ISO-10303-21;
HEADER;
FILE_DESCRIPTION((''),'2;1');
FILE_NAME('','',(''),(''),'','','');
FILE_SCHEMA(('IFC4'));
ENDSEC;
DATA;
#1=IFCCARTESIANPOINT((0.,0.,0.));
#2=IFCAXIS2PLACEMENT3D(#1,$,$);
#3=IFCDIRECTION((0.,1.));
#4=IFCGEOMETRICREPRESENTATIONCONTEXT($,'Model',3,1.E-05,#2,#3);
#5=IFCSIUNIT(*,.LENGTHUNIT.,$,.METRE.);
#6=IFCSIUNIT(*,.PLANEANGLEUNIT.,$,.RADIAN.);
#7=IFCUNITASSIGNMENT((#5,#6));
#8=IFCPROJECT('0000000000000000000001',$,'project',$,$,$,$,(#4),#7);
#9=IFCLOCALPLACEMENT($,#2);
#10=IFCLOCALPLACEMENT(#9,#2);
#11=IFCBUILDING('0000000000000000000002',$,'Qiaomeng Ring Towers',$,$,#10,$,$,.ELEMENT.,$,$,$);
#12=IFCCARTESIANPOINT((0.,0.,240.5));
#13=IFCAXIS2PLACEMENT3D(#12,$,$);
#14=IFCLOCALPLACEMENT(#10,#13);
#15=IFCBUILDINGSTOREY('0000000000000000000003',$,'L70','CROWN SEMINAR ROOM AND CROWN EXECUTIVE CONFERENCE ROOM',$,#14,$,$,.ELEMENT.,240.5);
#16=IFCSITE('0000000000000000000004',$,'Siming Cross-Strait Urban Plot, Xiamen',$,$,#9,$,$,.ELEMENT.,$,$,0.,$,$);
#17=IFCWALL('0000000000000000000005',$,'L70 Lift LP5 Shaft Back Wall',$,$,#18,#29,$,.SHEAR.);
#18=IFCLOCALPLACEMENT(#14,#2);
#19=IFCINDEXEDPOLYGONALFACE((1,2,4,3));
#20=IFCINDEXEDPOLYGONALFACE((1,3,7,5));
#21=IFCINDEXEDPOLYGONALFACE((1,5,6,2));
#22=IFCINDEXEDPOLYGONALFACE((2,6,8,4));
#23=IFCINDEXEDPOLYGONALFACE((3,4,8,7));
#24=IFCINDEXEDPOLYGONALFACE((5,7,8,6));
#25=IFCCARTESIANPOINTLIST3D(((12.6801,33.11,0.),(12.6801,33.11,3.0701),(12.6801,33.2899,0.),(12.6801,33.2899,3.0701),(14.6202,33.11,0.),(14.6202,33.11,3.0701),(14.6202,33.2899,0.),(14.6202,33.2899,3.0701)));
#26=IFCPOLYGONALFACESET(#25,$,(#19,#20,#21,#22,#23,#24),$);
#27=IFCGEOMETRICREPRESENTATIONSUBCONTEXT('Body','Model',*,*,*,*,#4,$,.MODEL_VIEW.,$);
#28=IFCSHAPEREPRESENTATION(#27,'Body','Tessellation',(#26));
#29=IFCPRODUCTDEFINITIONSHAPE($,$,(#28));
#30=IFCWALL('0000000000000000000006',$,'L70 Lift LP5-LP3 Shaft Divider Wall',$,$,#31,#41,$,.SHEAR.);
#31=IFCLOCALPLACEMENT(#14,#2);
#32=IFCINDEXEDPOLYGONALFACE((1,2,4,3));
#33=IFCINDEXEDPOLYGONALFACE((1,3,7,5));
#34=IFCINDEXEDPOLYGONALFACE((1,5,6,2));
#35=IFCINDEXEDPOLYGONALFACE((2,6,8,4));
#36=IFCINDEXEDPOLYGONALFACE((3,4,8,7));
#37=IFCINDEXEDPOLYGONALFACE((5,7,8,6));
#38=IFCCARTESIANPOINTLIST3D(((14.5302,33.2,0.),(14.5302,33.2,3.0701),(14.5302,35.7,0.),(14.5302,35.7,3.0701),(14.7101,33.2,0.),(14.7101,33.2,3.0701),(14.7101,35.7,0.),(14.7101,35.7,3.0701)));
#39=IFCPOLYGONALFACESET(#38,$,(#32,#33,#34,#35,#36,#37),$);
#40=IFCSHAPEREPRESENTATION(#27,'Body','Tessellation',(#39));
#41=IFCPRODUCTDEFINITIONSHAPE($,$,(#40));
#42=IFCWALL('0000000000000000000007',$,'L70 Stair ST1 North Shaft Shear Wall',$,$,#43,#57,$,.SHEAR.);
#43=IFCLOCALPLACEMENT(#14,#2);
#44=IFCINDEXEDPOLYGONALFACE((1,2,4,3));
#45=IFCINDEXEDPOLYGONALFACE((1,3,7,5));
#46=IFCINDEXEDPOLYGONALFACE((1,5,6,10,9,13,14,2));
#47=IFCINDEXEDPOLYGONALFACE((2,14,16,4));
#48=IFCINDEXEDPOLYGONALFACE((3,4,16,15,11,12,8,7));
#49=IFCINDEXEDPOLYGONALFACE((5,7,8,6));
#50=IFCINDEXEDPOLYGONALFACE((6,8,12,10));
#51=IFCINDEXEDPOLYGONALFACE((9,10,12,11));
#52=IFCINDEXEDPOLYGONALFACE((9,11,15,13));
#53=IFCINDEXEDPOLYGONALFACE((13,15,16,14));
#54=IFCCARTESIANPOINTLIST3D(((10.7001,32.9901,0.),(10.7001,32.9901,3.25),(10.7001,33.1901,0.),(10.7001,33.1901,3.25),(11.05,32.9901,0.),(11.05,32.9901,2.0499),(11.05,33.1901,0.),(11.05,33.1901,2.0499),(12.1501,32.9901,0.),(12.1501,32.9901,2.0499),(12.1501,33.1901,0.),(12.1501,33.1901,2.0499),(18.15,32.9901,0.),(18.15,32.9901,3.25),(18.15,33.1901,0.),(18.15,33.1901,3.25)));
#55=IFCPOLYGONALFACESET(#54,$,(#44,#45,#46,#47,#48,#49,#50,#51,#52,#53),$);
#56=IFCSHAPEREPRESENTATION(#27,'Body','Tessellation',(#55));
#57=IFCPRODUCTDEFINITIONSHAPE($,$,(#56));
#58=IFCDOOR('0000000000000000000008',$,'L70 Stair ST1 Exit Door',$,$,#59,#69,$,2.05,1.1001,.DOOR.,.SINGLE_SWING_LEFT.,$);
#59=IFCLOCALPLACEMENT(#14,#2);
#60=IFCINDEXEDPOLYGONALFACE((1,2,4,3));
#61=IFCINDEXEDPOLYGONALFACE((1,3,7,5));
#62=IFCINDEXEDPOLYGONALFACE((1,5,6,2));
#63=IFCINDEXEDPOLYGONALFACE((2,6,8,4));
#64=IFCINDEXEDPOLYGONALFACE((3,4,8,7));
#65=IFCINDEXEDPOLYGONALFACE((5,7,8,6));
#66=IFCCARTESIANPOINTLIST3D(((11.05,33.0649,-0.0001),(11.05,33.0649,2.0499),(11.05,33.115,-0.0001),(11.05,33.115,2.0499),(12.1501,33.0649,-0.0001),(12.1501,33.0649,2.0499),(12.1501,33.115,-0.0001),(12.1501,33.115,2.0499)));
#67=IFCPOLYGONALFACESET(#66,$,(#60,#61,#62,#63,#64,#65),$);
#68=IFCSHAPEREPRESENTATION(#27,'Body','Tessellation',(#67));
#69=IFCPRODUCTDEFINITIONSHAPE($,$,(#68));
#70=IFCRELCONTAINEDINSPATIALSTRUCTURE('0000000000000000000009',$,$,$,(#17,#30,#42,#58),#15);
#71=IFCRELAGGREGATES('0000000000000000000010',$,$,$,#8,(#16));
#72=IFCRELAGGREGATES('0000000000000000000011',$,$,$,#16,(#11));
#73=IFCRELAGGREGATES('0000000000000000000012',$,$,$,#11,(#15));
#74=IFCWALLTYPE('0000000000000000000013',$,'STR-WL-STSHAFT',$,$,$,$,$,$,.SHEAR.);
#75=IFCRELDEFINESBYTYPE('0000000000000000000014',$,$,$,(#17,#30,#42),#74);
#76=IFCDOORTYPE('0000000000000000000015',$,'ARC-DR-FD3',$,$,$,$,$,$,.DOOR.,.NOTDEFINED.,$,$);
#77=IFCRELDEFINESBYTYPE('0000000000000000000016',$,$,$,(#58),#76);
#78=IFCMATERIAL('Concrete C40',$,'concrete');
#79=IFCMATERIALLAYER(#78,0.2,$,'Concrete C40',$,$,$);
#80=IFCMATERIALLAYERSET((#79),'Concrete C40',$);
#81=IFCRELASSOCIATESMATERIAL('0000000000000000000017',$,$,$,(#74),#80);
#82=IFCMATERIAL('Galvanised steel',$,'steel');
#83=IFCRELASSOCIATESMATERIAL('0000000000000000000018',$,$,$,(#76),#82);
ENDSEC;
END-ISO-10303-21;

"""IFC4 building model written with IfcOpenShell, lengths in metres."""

from ifc_helpers import new_model, si_unit, direction, frame, frame_2d, origin, place, context, subcontext, project, spatial, rectangle, extrude, source, transform, mapped, material, layer, layer_set, type_object, element, fill, save


model = new_model("IFC4")

# Units and contexts
model_context = context("Model", 3, precision=1e-05, world=origin(), true_north=direction((0.0, 1.0)))
body_context = subcontext(model_context, "Body", "Model", "MODEL_VIEW")
ifc_project = project(units=[si_unit("LENGTHUNIT", "METRE"), si_unit("PLANEANGLEUNIT", "RADIAN")], contexts=[model_context])

# Site, building, storey
site_placement = place(None, origin())
site = spatial("IfcSite", under=ifc_project, at=site_placement, Name="Siming Cross-Strait Urban Plot, Xiamen", CompositionType="ELEMENT", RefElevation=0.0)
building_placement = place(site_placement, origin())
building = spatial("IfcBuilding", under=site, at=building_placement, Name="Qiaomeng Ring Towers", CompositionType="ELEMENT")
storey_placement = place(building_placement, frame((0.0, 0.0, 240.5)))
storey = spatial("IfcBuildingStorey", under=building, at=storey_placement, Name="L70", Description="CROWN SEMINAR ROOM AND CROWN EXECUTIVE CONFERENCE ROOM", CompositionType="ELEMENT", Elevation=240.5)

# Shared definitions
ifc_material_1 = material(Name="Concrete C40", Category="concrete")

# Walls
ifc_layer_1 = layer(ifc_material_1, 0.2, Name="Concrete C40")
ifc_layer_set_1 = layer_set([ifc_layer_1], Name="Concrete C40")
wall_type_1 = type_object("IfcWallType", Name="STR-WL-STSHAFT", PredefinedType="SHEAR", material=ifc_layer_set_1)
wall_1_placement = place(storey_placement, frame((12.6799, 33.2, 0.0), z_axis=(0.0, 0.0, 1.0), x_axis=(1.0, 0.0, 0.0)))
element("IfcWall", 1, at=wall_1_placement, inside=storey, type_object=wall_type_1, Name="L70 Lift LP5 Shaft Back Wall", PredefinedType="SHEAR", context=body_context, shape_type="SweptSolid", body=[
    extrude(rectangle(XDim=1.9402, YDim=0.1799, at=frame_2d((0.9702, 0.0))), origin(), (0.0, 0.0, 1.0), 3.0701),
])
wall_2_placement = place(storey_placement, frame((14.6201, 33.2, 0.0), z_axis=(0.0, 0.0, 1.0), x_axis=(0.0, 1.0, 0.0)))
element("IfcWall", 2, at=wall_2_placement, inside=storey, type_object=wall_type_1, Name="L70 Lift LP5-LP3 Shaft Divider Wall", PredefinedType="SHEAR", context=body_context, shape_type="SweptSolid", body=[
    extrude(rectangle(XDim=2.5, YDim=0.1799, at=frame_2d((1.25, 0.0))), origin(), (0.0, 0.0, 1.0), 3.0701),
])

# Wall, opening, door
wall_3_placement = place(storey_placement, frame((10.7, 33.0901, 0.0), z_axis=(0.0, 0.0, 1.0), x_axis=(1.0, 0.0, 0.0)))
wall_3 = element("IfcWall", 3, at=wall_3_placement, inside=storey, type_object=wall_type_1, Name="L70 Stair ST1 North Shaft Shear Wall", PredefinedType="SHEAR", context=body_context, shape_type="SweptSolid", body=[
    extrude(rectangle(XDim=7.45, YDim=0.2, at=frame_2d((3.7251, 0.0))), origin(), (0.0, 0.0, 1.0), 3.25),
])
opening_1_placement = place(wall_3_placement, frame((0.3501, 0.0, 0.0)))
opening_1 = element("IfcOpeningElement", 4, at=opening_1_placement, cuts=wall_3, PredefinedType="OPENING", context=body_context, shape_type="SweptSolid", body=[
    extrude(rectangle(XDim=1.1001, YDim=2.05, at=frame_2d((0.55, 1.0249))), frame((0.0, 0.1099, 0.0), z_axis=(0.0, -1.0, 0.0), x_axis=(1.0, 0.0, 0.0)), (0.0, 0.0, 1.0), 0.22),
])
ifc_material_2 = material(Name="Galvanised steel", Category="steel")
door_type_1 = type_object("IfcDoorType", Name="ARC-DR-FD3", OperationType="NOTDEFINED", PredefinedType="DOOR", material=ifc_material_2)
shared_shape_1 = source(origin(), body_context, "Body", "SweptSolid", [
    extrude(rectangle(XDim=1.1001, YDim=2.05, at=frame_2d((0.55, 1.0249))), frame((0.0, 0.0249, 0.0), z_axis=(0.0, -1.0, 0.0), x_axis=(1.0, 0.0, 0.0)), (0.0, 0.0, 1.0), 0.05),
])
door_1_placement = place(opening_1_placement, origin())
door_1 = element("IfcDoor", 5, at=door_1_placement, inside=storey, type_object=door_type_1, Name="L70 Stair ST1 Exit Door", OperationType="SINGLE_SWING_LEFT", OverallHeight=2.05, OverallWidth=1.1001, PredefinedType="DOOR", context=body_context, shape_type="MappedRepresentation", body=[
    mapped(shared_shape_1, transform((0.0, 0.0, 0.0), x_axis=(1.0, 0.0, 0.0), y_axis=(0.0, 1.0, 0.0), z_axis=(0.0, 0.0, 1.0), scale=1.0)),
])
fill(opening_1, door_1)

save(model, "model.ifc")
